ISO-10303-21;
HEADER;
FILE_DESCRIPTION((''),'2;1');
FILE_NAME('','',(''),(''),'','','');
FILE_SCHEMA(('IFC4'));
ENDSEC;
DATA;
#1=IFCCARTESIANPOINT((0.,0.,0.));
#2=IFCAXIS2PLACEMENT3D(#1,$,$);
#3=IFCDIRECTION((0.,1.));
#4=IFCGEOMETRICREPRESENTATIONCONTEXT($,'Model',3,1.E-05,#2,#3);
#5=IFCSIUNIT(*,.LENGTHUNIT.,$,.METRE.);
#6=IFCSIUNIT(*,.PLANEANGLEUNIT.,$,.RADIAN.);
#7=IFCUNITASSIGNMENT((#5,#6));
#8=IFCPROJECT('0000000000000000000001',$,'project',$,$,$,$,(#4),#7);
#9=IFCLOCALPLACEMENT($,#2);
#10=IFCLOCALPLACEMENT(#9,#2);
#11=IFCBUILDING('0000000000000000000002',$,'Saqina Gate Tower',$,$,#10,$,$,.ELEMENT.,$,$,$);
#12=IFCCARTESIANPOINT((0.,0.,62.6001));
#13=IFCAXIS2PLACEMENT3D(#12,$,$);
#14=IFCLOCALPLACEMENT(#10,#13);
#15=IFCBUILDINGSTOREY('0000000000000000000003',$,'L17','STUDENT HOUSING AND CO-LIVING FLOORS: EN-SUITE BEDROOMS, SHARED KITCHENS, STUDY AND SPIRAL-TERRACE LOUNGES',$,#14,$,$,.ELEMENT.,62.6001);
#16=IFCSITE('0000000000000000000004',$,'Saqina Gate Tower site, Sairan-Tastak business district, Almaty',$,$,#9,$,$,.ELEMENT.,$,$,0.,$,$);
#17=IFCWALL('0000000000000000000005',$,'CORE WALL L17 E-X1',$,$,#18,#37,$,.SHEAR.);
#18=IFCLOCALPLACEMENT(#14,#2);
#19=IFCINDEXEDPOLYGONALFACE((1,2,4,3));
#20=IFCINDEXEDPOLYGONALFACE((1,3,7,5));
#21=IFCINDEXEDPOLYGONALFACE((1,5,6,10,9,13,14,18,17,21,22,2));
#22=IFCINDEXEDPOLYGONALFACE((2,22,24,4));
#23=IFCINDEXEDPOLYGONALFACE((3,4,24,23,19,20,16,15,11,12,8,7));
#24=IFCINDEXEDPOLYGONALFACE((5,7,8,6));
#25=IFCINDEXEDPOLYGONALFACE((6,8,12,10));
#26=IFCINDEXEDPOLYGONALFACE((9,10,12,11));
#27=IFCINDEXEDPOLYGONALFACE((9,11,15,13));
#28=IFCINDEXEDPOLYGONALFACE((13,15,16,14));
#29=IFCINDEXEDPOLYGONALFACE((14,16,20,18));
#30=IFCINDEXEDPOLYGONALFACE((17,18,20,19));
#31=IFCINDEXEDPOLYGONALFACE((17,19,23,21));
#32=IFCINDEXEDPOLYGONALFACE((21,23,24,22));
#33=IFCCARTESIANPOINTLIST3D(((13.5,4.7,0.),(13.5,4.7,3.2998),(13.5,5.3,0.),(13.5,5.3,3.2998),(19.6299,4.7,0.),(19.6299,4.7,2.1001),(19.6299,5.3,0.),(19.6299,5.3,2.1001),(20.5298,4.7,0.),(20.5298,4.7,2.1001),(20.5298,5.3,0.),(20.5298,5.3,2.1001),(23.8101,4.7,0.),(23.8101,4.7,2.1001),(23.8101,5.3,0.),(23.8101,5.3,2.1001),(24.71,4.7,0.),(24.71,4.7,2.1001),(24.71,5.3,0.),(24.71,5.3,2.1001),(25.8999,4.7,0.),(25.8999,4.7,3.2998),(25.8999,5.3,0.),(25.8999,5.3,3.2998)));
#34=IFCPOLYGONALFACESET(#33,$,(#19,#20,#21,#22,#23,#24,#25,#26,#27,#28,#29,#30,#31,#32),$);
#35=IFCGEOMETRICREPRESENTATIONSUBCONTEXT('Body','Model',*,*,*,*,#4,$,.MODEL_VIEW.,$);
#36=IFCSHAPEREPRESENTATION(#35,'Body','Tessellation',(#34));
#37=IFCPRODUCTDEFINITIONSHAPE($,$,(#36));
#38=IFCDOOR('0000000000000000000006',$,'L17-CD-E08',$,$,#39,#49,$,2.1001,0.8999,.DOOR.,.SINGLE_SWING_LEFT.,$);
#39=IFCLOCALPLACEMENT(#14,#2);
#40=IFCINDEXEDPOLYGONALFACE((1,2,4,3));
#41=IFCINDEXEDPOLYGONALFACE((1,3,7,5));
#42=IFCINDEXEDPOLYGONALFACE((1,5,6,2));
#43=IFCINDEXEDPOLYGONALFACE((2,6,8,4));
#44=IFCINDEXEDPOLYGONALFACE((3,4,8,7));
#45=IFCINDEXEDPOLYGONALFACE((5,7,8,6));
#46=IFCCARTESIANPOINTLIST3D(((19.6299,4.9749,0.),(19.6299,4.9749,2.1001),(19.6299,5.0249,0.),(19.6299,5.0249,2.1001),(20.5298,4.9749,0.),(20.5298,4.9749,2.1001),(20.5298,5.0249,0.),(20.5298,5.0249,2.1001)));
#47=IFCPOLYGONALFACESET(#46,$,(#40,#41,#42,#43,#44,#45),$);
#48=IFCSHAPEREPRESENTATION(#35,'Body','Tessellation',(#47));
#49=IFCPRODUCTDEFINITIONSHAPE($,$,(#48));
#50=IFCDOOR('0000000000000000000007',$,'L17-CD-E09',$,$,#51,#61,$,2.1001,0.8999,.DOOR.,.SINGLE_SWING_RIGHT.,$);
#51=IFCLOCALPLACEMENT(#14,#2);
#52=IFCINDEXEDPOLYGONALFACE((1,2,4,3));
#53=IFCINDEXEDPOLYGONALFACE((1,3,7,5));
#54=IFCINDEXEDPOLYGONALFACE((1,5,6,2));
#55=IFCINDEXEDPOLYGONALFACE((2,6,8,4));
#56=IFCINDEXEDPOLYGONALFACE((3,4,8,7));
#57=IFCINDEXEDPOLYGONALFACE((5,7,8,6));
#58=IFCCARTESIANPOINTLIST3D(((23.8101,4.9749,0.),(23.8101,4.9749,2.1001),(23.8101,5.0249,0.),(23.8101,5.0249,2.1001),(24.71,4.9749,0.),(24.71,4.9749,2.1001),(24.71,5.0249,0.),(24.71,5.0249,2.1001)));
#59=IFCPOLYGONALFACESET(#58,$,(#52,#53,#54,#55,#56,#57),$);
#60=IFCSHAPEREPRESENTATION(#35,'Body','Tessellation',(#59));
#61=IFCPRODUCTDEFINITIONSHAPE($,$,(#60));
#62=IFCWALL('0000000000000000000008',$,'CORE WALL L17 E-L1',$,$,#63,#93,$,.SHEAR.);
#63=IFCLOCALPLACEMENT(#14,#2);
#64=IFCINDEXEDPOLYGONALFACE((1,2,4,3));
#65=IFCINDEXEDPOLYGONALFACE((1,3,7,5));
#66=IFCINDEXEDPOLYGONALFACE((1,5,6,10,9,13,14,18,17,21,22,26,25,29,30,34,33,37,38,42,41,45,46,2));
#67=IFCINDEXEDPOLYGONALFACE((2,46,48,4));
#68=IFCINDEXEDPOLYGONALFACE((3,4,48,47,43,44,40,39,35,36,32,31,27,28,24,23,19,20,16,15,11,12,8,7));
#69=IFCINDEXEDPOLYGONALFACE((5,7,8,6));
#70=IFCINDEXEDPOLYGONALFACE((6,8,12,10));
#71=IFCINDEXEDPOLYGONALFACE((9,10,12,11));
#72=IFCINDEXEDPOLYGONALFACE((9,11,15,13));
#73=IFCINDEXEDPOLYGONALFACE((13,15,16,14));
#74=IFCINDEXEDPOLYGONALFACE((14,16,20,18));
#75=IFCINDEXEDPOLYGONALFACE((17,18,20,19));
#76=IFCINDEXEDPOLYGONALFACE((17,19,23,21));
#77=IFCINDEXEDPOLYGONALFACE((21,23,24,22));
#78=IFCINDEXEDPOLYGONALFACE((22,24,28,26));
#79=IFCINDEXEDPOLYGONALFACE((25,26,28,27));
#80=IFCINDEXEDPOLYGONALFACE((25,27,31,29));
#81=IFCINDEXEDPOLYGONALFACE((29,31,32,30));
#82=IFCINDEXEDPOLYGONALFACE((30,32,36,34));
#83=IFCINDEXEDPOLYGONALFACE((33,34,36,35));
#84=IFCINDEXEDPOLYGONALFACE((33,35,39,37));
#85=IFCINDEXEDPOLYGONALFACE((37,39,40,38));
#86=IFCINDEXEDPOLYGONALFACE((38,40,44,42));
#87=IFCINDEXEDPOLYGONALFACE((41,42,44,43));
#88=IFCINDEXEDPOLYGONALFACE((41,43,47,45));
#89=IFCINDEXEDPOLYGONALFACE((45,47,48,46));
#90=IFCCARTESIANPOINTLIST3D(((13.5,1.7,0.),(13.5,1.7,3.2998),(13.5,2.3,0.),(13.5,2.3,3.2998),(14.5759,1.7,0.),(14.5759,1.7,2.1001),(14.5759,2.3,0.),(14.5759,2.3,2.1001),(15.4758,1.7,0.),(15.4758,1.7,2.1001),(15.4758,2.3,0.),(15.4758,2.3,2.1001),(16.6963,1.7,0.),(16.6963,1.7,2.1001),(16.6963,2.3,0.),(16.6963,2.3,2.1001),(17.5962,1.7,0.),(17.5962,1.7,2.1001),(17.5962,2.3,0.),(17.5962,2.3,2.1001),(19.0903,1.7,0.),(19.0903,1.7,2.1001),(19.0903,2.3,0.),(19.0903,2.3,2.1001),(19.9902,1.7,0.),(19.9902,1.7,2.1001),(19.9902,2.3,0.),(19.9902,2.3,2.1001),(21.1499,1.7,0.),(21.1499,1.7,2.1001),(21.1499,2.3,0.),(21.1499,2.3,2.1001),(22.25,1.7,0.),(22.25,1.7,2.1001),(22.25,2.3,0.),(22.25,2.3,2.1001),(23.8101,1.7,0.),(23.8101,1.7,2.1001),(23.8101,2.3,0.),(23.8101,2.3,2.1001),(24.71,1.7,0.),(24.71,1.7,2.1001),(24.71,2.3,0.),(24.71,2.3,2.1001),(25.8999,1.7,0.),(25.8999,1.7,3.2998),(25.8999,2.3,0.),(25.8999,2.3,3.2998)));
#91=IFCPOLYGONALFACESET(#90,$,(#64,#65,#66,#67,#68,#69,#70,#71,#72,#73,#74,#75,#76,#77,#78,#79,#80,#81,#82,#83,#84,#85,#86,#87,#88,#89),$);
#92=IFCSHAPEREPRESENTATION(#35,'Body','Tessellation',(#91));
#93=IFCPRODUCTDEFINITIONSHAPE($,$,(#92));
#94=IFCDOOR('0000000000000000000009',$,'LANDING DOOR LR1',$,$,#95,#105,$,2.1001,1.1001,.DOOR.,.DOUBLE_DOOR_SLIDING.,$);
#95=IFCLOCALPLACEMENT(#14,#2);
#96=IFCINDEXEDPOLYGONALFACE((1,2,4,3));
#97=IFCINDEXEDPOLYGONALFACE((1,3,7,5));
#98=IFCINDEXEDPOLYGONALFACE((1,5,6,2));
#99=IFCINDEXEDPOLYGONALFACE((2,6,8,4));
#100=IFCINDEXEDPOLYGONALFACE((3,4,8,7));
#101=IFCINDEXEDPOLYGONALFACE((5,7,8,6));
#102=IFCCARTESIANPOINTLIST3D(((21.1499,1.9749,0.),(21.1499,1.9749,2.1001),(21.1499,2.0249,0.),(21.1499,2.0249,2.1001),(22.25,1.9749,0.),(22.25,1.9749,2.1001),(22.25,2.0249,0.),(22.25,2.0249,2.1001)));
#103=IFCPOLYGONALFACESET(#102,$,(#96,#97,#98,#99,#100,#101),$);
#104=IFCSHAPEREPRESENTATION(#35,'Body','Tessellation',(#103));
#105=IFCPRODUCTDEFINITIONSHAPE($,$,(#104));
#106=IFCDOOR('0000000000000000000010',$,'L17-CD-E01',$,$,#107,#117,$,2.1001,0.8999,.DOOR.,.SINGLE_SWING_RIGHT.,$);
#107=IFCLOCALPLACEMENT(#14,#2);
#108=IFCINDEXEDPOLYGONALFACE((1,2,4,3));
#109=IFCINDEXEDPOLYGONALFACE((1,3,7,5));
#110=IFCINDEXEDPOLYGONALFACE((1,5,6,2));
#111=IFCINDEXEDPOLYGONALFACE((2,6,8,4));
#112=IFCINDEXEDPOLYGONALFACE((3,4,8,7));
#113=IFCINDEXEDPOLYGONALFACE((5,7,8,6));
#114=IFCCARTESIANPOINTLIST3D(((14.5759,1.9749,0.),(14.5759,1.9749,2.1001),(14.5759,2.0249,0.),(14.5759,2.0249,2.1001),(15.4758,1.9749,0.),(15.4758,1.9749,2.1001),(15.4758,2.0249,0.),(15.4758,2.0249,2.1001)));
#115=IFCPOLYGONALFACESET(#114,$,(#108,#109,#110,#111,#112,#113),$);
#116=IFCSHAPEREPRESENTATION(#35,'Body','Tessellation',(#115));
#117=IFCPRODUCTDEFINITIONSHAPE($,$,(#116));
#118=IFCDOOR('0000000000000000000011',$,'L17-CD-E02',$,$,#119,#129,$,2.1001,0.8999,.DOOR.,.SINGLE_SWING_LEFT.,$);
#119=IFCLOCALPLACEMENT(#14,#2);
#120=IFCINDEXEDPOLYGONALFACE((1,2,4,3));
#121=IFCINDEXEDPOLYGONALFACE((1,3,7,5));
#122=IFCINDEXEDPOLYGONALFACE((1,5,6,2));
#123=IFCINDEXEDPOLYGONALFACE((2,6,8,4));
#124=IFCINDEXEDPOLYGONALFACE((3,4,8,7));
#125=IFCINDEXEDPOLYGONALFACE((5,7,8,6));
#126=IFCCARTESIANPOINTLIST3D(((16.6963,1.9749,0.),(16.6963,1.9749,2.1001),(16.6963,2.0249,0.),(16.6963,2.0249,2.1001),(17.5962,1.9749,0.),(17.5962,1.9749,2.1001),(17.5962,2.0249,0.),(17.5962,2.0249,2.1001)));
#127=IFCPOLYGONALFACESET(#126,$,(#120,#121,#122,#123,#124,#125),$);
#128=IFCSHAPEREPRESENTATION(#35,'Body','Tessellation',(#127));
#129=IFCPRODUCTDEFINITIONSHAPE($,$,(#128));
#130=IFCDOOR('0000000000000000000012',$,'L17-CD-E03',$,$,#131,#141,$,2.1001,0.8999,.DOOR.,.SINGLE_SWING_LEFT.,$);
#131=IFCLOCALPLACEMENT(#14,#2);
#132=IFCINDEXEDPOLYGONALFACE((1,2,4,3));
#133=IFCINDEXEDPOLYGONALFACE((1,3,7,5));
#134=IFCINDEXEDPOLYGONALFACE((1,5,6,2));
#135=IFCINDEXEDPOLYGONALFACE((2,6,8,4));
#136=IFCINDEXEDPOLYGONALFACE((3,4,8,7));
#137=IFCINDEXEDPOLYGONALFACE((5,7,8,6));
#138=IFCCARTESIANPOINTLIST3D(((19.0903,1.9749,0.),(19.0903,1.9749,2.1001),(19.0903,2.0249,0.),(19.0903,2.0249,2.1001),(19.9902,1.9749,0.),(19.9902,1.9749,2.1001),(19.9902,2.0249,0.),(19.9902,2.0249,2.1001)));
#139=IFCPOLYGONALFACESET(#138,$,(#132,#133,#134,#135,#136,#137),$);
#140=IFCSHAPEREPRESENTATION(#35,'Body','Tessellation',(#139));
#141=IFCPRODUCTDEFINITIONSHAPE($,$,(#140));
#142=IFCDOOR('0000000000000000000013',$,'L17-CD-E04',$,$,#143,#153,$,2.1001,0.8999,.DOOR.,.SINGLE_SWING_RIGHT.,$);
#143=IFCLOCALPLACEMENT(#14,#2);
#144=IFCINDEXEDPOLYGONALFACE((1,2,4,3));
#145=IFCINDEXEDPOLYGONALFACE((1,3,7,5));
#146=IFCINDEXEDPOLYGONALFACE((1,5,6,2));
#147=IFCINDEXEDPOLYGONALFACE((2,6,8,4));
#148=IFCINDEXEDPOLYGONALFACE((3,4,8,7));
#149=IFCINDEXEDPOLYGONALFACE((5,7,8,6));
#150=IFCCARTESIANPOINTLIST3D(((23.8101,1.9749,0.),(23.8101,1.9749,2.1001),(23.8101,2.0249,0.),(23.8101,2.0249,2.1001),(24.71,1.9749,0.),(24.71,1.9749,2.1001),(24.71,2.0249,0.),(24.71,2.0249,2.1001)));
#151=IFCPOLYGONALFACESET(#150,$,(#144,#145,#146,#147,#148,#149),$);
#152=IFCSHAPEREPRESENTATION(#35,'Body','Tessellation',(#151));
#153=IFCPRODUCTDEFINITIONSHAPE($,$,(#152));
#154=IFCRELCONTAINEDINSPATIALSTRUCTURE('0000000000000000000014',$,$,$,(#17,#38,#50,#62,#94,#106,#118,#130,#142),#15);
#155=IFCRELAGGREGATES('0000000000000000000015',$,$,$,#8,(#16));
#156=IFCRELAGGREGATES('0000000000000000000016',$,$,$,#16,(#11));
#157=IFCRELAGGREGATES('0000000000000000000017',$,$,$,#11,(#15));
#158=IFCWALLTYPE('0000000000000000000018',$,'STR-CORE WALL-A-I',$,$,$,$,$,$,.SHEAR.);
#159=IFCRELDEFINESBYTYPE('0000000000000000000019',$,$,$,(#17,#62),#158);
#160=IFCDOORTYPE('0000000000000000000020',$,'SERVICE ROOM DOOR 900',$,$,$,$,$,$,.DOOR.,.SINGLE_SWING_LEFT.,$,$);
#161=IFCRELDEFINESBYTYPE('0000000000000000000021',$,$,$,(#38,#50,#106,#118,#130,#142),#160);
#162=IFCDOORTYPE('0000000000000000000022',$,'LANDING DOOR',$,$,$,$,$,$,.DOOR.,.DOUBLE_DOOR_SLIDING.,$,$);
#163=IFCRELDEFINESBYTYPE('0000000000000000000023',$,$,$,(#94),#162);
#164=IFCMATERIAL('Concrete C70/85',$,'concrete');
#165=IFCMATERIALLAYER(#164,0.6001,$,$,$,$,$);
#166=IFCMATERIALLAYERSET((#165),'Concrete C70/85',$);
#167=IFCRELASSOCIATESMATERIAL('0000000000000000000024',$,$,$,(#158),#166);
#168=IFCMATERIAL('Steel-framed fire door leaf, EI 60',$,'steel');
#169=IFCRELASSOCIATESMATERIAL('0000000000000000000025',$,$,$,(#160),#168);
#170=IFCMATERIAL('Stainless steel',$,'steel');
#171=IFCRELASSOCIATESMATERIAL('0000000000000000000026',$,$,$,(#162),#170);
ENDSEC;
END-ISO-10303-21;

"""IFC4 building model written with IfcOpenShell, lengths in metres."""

from ifc_helpers import new_model, si_unit, direction, frame, frame_2d, origin, place, context, subcontext, project, spatial, rectangle, extrude, material, layer, layer_set, type_object, element, fill, save


model = new_model("IFC4")

# Units and contexts
model_context = context("Model", 3, precision=1e-05, world=origin(), true_north=direction((0.0, 1.0)))
body_context = subcontext(model_context, "Body", "Model", "MODEL_VIEW")
ifc_project = project(units=[si_unit("LENGTHUNIT", "METRE"), si_unit("PLANEANGLEUNIT", "RADIAN")], contexts=[model_context])

# Site, building, storey
site_placement = place(None, origin())
site = spatial("IfcSite", under=ifc_project, at=site_placement, Name="Saqina Gate Tower site, Sairan-Tastak business district, Almaty", CompositionType="ELEMENT", RefElevation=0.0)
building_placement = place(site_placement, origin())
building = spatial("IfcBuilding", under=site, at=building_placement, Name="Saqina Gate Tower", CompositionType="ELEMENT")
storey_placement = place(building_placement, frame((0.0, 0.0, 62.6001)))
storey = spatial("IfcBuildingStorey", under=building, at=storey_placement, Name="L17", Description="STUDENT HOUSING AND CO-LIVING FLOORS: EN-SUITE BEDROOMS, SHARED KITCHENS, STUDY AND SPIRAL-TERRACE LOUNGES", CompositionType="ELEMENT", Elevation=62.6001)

# Walls, openings, doors
ifc_material_1 = material(Name="Concrete C70/85", Category="concrete")
ifc_layer_1 = layer(ifc_material_1, 0.6001)
ifc_layer_set_1 = layer_set([ifc_layer_1], Name="Concrete C70/85")
wall_type_1 = type_object("IfcWallType", Name="STR-CORE WALL-A-I", PredefinedType="SHEAR", material=ifc_layer_set_1)
wall_1_placement = place(storey_placement, frame((13.5, 5.0, 0.0), z_axis=(0.0, 0.0, 1.0), x_axis=(1.0, 0.0, 0.0)))
wall_1 = element("IfcWall", 1, at=wall_1_placement, inside=storey, type_object=wall_type_1, Name="CORE WALL L17 E-X1", PredefinedType="SHEAR", context=body_context, shape_type="SweptSolid", body=[
    extrude(rectangle(XDim=12.3999, YDim=0.6001, at=frame_2d((6.2, 0.0))), origin(), (0.0, 0.0, 1.0), 3.2998),
])
opening_1_placement = place(wall_1_placement, frame((6.1299, 0.0, 0.0)))
opening_1 = element("IfcOpeningElement", 2, at=opening_1_placement, cuts=wall_1, PredefinedType="OPENING", context=body_context, shape_type="SweptSolid", body=[
    extrude(rectangle(XDim=0.8999, YDim=2.1001, at=frame_2d((0.45, 1.05))), frame((0.0, 0.312, 0.0), z_axis=(0.0, -1.0, 0.0), x_axis=(1.0, 0.0, 0.0)), (0.0, 0.0, 1.0), 0.624),
])
opening_2_placement = place(wall_1_placement, frame((10.3101, 0.0, 0.0)))
opening_2 = element("IfcOpeningElement", 3, at=opening_2_placement, cuts=wall_1, PredefinedType="OPENING", context=body_context, shape_type="SweptSolid", body=[
    extrude(rectangle(XDim=0.8999, YDim=2.1001, at=frame_2d((0.45, 1.05))), frame((0.0, 0.312, 0.0), z_axis=(0.0, -1.0, 0.0), x_axis=(1.0, 0.0, 0.0)), (0.0, 0.0, 1.0), 0.624),
])
ifc_material_2 = material(Name="Steel-framed fire door leaf, EI 60", Category="steel")
door_type_1 = type_object("IfcDoorType", Name="SERVICE ROOM DOOR 900", OperationType="SINGLE_SWING_LEFT", PredefinedType="DOOR", material=ifc_material_2)
door_1_placement = place(opening_1_placement, origin())
door_1 = element("IfcDoor", 4, at=door_1_placement, inside=storey, type_object=door_type_1, Name="L17-CD-E08", OperationType="SINGLE_SWING_LEFT", OverallHeight=2.1001, OverallWidth=0.8999, PredefinedType="DOOR", context=body_context, shape_type="SweptSolid", body=[
    extrude(rectangle(XDim=0.8999, YDim=2.1001, at=frame_2d((0.45, 1.05))), frame((0.0, 0.0249, 0.0), z_axis=(0.0, -1.0, 0.0), x_axis=(1.0, 0.0, 0.0)), (0.0, 0.0, 1.0), 0.05),
])
fill(opening_1, door_1)
door_2_placement = place(opening_2_placement, origin())
door_2 = element("IfcDoor", 5, at=door_2_placement, inside=storey, type_object=door_type_1, Name="L17-CD-E09", OperationType="SINGLE_SWING_RIGHT", OverallHeight=2.1001, OverallWidth=0.8999, PredefinedType="DOOR", context=body_context, shape_type="SweptSolid", body=[
    extrude(rectangle(XDim=0.8999, YDim=2.1001, at=frame_2d((0.45, 1.05))), frame((0.0, 0.0249, 0.0), z_axis=(0.0, -1.0, 0.0), x_axis=(1.0, 0.0, 0.0)), (0.0, 0.0, 1.0), 0.05),
])
fill(opening_2, door_2)
wall_2_placement = place(storey_placement, frame((13.5, 2.0, 0.0), z_axis=(0.0, 0.0, 1.0), x_axis=(1.0, 0.0, 0.0)))
wall_2 = element("IfcWall", 6, at=wall_2_placement, inside=storey, type_object=wall_type_1, Name="CORE WALL L17 E-L1", PredefinedType="SHEAR", context=body_context, shape_type="SweptSolid", body=[
    extrude(rectangle(XDim=12.3999, YDim=0.6001, at=frame_2d((6.2, 0.0))), origin(), (0.0, 0.0, 1.0), 3.2998),
])
opening_3_placement = place(wall_2_placement, frame((7.6499, 0.0, 0.0)))
opening_3 = element("IfcOpeningElement", 7, at=opening_3_placement, cuts=wall_2, PredefinedType="OPENING", context=body_context, shape_type="SweptSolid", body=[
    extrude(rectangle(XDim=1.1001, YDim=2.1001, at=frame_2d((0.55, 1.05))), frame((0.0, 0.312, 0.0), z_axis=(0.0, -1.0, 0.0), x_axis=(1.0, 0.0, 0.0)), (0.0, 0.0, 1.0), 0.624),
])
opening_4_placement = place(wall_2_placement, frame((1.0759, 0.0, 0.0)))
opening_4 = element("IfcOpeningElement", 8, at=opening_4_placement, cuts=wall_2, PredefinedType="OPENING", context=body_context, shape_type="SweptSolid", body=[
    extrude(rectangle(XDim=0.8999, YDim=2.1001, at=frame_2d((0.45, 1.05))), frame((0.0, 0.312, 0.0), z_axis=(0.0, -1.0, 0.0), x_axis=(1.0, 0.0, 0.0)), (0.0, 0.0, 1.0), 0.624),
])
opening_5_placement = place(wall_2_placement, frame((3.1963, 0.0, 0.0)))
opening_5 = element("IfcOpeningElement", 9, at=opening_5_placement, cuts=wall_2, PredefinedType="OPENING", context=body_context, shape_type="SweptSolid", body=[
    extrude(rectangle(XDim=0.8999, YDim=2.1001, at=frame_2d((0.45, 1.05))), frame((0.0, 0.312, 0.0), z_axis=(0.0, -1.0, 0.0), x_axis=(1.0, 0.0, 0.0)), (0.0, 0.0, 1.0), 0.624),
])
opening_6_placement = place(wall_2_placement, frame((5.5903, 0.0, 0.0)))
opening_6 = element("IfcOpeningElement", 10, at=opening_6_placement, cuts=wall_2, PredefinedType="OPENING", context=body_context, shape_type="SweptSolid", body=[
    extrude(rectangle(XDim=0.8999, YDim=2.1001, at=frame_2d((0.45, 1.05))), frame((0.0, 0.312, 0.0), z_axis=(0.0, -1.0, 0.0), x_axis=(1.0, 0.0, 0.0)), (0.0, 0.0, 1.0), 0.624),
])
opening_7_placement = place(wall_2_placement, frame((10.3101, 0.0, 0.0)))
opening_7 = element("IfcOpeningElement", 11, at=opening_7_placement, cuts=wall_2, PredefinedType="OPENING", context=body_context, shape_type="SweptSolid", body=[
    extrude(rectangle(XDim=0.8999, YDim=2.1001, at=frame_2d((0.45, 1.05))), frame((0.0, 0.312, 0.0), z_axis=(0.0, -1.0, 0.0), x_axis=(1.0, 0.0, 0.0)), (0.0, 0.0, 1.0), 0.624),
])
ifc_material_3 = material(Name="Stainless steel", Category="steel")
door_type_2 = type_object("IfcDoorType", Name="LANDING DOOR", OperationType="DOUBLE_DOOR_SLIDING", PredefinedType="DOOR", material=ifc_material_3)
door_3_placement = place(opening_3_placement, origin())
door_3 = element("IfcDoor", 12, at=door_3_placement, inside=storey, type_object=door_type_2, Name="LANDING DOOR LR1", OperationType="DOUBLE_DOOR_SLIDING", OverallHeight=2.1001, OverallWidth=1.1001, PredefinedType="DOOR", context=body_context, shape_type="SweptSolid", body=[
    extrude(rectangle(XDim=1.1001, YDim=2.1001, at=frame_2d((0.55, 1.05))), frame((0.0, 0.0249, 0.0), z_axis=(0.0, -1.0, 0.0), x_axis=(1.0, 0.0, 0.0)), (0.0, 0.0, 1.0), 0.05),
])
fill(opening_3, door_3)
door_4_placement = place(opening_4_placement, origin())
door_4 = element("IfcDoor", 13, at=door_4_placement, inside=storey, type_object=door_type_1, Name="L17-CD-E01", OperationType="SINGLE_SWING_RIGHT", OverallHeight=2.1001, OverallWidth=0.8999, PredefinedType="DOOR", context=body_context, shape_type="SweptSolid", body=[
    extrude(rectangle(XDim=0.8999, YDim=2.1001, at=frame_2d((0.45, 1.05))), frame((0.0, 0.0249, 0.0), z_axis=(0.0, -1.0, 0.0), x_axis=(1.0, 0.0, 0.0)), (0.0, 0.0, 1.0), 0.05),
])
fill(opening_4, door_4)
door_5_placement = place(opening_5_placement, origin())
door_5 = element("IfcDoor", 14, at=door_5_placement, inside=storey, type_object=door_type_1, Name="L17-CD-E02", OperationType="SINGLE_SWING_LEFT", OverallHeight=2.1001, OverallWidth=0.8999, PredefinedType="DOOR", context=body_context, shape_type="SweptSolid", body=[
    extrude(rectangle(XDim=0.8999, YDim=2.1001, at=frame_2d((0.45, 1.05))), frame((0.0, 0.0249, 0.0), z_axis=(0.0, -1.0, 0.0), x_axis=(1.0, 0.0, 0.0)), (0.0, 0.0, 1.0), 0.05),
])
fill(opening_5, door_5)
door_6_placement = place(opening_6_placement, origin())
door_6 = element("IfcDoor", 15, at=door_6_placement, inside=storey, type_object=door_type_1, Name="L17-CD-E03", OperationType="SINGLE_SWING_LEFT", OverallHeight=2.1001, OverallWidth=0.8999, PredefinedType="DOOR", context=body_context, shape_type="SweptSolid", body=[
    extrude(rectangle(XDim=0.8999, YDim=2.1001, at=frame_2d((0.45, 1.05))), frame((0.0, 0.0249, 0.0), z_axis=(0.0, -1.0, 0.0), x_axis=(1.0, 0.0, 0.0)), (0.0, 0.0, 1.0), 0.05),
])
fill(opening_6, door_6)
door_7_placement = place(opening_7_placement, origin())
door_7 = element("IfcDoor", 16, at=door_7_placement, inside=storey, type_object=door_type_1, Name="L17-CD-E04", OperationType="SINGLE_SWING_RIGHT", OverallHeight=2.1001, OverallWidth=0.8999, PredefinedType="DOOR", context=body_context, shape_type="SweptSolid", body=[
    extrude(rectangle(XDim=0.8999, YDim=2.1001, at=frame_2d((0.45, 1.05))), frame((0.0, 0.0249, 0.0), z_axis=(0.0, -1.0, 0.0), x_axis=(1.0, 0.0, 0.0)), (0.0, 0.0, 1.0), 0.05),
])
fill(opening_7, door_7)

save(model, "model.ifc")
